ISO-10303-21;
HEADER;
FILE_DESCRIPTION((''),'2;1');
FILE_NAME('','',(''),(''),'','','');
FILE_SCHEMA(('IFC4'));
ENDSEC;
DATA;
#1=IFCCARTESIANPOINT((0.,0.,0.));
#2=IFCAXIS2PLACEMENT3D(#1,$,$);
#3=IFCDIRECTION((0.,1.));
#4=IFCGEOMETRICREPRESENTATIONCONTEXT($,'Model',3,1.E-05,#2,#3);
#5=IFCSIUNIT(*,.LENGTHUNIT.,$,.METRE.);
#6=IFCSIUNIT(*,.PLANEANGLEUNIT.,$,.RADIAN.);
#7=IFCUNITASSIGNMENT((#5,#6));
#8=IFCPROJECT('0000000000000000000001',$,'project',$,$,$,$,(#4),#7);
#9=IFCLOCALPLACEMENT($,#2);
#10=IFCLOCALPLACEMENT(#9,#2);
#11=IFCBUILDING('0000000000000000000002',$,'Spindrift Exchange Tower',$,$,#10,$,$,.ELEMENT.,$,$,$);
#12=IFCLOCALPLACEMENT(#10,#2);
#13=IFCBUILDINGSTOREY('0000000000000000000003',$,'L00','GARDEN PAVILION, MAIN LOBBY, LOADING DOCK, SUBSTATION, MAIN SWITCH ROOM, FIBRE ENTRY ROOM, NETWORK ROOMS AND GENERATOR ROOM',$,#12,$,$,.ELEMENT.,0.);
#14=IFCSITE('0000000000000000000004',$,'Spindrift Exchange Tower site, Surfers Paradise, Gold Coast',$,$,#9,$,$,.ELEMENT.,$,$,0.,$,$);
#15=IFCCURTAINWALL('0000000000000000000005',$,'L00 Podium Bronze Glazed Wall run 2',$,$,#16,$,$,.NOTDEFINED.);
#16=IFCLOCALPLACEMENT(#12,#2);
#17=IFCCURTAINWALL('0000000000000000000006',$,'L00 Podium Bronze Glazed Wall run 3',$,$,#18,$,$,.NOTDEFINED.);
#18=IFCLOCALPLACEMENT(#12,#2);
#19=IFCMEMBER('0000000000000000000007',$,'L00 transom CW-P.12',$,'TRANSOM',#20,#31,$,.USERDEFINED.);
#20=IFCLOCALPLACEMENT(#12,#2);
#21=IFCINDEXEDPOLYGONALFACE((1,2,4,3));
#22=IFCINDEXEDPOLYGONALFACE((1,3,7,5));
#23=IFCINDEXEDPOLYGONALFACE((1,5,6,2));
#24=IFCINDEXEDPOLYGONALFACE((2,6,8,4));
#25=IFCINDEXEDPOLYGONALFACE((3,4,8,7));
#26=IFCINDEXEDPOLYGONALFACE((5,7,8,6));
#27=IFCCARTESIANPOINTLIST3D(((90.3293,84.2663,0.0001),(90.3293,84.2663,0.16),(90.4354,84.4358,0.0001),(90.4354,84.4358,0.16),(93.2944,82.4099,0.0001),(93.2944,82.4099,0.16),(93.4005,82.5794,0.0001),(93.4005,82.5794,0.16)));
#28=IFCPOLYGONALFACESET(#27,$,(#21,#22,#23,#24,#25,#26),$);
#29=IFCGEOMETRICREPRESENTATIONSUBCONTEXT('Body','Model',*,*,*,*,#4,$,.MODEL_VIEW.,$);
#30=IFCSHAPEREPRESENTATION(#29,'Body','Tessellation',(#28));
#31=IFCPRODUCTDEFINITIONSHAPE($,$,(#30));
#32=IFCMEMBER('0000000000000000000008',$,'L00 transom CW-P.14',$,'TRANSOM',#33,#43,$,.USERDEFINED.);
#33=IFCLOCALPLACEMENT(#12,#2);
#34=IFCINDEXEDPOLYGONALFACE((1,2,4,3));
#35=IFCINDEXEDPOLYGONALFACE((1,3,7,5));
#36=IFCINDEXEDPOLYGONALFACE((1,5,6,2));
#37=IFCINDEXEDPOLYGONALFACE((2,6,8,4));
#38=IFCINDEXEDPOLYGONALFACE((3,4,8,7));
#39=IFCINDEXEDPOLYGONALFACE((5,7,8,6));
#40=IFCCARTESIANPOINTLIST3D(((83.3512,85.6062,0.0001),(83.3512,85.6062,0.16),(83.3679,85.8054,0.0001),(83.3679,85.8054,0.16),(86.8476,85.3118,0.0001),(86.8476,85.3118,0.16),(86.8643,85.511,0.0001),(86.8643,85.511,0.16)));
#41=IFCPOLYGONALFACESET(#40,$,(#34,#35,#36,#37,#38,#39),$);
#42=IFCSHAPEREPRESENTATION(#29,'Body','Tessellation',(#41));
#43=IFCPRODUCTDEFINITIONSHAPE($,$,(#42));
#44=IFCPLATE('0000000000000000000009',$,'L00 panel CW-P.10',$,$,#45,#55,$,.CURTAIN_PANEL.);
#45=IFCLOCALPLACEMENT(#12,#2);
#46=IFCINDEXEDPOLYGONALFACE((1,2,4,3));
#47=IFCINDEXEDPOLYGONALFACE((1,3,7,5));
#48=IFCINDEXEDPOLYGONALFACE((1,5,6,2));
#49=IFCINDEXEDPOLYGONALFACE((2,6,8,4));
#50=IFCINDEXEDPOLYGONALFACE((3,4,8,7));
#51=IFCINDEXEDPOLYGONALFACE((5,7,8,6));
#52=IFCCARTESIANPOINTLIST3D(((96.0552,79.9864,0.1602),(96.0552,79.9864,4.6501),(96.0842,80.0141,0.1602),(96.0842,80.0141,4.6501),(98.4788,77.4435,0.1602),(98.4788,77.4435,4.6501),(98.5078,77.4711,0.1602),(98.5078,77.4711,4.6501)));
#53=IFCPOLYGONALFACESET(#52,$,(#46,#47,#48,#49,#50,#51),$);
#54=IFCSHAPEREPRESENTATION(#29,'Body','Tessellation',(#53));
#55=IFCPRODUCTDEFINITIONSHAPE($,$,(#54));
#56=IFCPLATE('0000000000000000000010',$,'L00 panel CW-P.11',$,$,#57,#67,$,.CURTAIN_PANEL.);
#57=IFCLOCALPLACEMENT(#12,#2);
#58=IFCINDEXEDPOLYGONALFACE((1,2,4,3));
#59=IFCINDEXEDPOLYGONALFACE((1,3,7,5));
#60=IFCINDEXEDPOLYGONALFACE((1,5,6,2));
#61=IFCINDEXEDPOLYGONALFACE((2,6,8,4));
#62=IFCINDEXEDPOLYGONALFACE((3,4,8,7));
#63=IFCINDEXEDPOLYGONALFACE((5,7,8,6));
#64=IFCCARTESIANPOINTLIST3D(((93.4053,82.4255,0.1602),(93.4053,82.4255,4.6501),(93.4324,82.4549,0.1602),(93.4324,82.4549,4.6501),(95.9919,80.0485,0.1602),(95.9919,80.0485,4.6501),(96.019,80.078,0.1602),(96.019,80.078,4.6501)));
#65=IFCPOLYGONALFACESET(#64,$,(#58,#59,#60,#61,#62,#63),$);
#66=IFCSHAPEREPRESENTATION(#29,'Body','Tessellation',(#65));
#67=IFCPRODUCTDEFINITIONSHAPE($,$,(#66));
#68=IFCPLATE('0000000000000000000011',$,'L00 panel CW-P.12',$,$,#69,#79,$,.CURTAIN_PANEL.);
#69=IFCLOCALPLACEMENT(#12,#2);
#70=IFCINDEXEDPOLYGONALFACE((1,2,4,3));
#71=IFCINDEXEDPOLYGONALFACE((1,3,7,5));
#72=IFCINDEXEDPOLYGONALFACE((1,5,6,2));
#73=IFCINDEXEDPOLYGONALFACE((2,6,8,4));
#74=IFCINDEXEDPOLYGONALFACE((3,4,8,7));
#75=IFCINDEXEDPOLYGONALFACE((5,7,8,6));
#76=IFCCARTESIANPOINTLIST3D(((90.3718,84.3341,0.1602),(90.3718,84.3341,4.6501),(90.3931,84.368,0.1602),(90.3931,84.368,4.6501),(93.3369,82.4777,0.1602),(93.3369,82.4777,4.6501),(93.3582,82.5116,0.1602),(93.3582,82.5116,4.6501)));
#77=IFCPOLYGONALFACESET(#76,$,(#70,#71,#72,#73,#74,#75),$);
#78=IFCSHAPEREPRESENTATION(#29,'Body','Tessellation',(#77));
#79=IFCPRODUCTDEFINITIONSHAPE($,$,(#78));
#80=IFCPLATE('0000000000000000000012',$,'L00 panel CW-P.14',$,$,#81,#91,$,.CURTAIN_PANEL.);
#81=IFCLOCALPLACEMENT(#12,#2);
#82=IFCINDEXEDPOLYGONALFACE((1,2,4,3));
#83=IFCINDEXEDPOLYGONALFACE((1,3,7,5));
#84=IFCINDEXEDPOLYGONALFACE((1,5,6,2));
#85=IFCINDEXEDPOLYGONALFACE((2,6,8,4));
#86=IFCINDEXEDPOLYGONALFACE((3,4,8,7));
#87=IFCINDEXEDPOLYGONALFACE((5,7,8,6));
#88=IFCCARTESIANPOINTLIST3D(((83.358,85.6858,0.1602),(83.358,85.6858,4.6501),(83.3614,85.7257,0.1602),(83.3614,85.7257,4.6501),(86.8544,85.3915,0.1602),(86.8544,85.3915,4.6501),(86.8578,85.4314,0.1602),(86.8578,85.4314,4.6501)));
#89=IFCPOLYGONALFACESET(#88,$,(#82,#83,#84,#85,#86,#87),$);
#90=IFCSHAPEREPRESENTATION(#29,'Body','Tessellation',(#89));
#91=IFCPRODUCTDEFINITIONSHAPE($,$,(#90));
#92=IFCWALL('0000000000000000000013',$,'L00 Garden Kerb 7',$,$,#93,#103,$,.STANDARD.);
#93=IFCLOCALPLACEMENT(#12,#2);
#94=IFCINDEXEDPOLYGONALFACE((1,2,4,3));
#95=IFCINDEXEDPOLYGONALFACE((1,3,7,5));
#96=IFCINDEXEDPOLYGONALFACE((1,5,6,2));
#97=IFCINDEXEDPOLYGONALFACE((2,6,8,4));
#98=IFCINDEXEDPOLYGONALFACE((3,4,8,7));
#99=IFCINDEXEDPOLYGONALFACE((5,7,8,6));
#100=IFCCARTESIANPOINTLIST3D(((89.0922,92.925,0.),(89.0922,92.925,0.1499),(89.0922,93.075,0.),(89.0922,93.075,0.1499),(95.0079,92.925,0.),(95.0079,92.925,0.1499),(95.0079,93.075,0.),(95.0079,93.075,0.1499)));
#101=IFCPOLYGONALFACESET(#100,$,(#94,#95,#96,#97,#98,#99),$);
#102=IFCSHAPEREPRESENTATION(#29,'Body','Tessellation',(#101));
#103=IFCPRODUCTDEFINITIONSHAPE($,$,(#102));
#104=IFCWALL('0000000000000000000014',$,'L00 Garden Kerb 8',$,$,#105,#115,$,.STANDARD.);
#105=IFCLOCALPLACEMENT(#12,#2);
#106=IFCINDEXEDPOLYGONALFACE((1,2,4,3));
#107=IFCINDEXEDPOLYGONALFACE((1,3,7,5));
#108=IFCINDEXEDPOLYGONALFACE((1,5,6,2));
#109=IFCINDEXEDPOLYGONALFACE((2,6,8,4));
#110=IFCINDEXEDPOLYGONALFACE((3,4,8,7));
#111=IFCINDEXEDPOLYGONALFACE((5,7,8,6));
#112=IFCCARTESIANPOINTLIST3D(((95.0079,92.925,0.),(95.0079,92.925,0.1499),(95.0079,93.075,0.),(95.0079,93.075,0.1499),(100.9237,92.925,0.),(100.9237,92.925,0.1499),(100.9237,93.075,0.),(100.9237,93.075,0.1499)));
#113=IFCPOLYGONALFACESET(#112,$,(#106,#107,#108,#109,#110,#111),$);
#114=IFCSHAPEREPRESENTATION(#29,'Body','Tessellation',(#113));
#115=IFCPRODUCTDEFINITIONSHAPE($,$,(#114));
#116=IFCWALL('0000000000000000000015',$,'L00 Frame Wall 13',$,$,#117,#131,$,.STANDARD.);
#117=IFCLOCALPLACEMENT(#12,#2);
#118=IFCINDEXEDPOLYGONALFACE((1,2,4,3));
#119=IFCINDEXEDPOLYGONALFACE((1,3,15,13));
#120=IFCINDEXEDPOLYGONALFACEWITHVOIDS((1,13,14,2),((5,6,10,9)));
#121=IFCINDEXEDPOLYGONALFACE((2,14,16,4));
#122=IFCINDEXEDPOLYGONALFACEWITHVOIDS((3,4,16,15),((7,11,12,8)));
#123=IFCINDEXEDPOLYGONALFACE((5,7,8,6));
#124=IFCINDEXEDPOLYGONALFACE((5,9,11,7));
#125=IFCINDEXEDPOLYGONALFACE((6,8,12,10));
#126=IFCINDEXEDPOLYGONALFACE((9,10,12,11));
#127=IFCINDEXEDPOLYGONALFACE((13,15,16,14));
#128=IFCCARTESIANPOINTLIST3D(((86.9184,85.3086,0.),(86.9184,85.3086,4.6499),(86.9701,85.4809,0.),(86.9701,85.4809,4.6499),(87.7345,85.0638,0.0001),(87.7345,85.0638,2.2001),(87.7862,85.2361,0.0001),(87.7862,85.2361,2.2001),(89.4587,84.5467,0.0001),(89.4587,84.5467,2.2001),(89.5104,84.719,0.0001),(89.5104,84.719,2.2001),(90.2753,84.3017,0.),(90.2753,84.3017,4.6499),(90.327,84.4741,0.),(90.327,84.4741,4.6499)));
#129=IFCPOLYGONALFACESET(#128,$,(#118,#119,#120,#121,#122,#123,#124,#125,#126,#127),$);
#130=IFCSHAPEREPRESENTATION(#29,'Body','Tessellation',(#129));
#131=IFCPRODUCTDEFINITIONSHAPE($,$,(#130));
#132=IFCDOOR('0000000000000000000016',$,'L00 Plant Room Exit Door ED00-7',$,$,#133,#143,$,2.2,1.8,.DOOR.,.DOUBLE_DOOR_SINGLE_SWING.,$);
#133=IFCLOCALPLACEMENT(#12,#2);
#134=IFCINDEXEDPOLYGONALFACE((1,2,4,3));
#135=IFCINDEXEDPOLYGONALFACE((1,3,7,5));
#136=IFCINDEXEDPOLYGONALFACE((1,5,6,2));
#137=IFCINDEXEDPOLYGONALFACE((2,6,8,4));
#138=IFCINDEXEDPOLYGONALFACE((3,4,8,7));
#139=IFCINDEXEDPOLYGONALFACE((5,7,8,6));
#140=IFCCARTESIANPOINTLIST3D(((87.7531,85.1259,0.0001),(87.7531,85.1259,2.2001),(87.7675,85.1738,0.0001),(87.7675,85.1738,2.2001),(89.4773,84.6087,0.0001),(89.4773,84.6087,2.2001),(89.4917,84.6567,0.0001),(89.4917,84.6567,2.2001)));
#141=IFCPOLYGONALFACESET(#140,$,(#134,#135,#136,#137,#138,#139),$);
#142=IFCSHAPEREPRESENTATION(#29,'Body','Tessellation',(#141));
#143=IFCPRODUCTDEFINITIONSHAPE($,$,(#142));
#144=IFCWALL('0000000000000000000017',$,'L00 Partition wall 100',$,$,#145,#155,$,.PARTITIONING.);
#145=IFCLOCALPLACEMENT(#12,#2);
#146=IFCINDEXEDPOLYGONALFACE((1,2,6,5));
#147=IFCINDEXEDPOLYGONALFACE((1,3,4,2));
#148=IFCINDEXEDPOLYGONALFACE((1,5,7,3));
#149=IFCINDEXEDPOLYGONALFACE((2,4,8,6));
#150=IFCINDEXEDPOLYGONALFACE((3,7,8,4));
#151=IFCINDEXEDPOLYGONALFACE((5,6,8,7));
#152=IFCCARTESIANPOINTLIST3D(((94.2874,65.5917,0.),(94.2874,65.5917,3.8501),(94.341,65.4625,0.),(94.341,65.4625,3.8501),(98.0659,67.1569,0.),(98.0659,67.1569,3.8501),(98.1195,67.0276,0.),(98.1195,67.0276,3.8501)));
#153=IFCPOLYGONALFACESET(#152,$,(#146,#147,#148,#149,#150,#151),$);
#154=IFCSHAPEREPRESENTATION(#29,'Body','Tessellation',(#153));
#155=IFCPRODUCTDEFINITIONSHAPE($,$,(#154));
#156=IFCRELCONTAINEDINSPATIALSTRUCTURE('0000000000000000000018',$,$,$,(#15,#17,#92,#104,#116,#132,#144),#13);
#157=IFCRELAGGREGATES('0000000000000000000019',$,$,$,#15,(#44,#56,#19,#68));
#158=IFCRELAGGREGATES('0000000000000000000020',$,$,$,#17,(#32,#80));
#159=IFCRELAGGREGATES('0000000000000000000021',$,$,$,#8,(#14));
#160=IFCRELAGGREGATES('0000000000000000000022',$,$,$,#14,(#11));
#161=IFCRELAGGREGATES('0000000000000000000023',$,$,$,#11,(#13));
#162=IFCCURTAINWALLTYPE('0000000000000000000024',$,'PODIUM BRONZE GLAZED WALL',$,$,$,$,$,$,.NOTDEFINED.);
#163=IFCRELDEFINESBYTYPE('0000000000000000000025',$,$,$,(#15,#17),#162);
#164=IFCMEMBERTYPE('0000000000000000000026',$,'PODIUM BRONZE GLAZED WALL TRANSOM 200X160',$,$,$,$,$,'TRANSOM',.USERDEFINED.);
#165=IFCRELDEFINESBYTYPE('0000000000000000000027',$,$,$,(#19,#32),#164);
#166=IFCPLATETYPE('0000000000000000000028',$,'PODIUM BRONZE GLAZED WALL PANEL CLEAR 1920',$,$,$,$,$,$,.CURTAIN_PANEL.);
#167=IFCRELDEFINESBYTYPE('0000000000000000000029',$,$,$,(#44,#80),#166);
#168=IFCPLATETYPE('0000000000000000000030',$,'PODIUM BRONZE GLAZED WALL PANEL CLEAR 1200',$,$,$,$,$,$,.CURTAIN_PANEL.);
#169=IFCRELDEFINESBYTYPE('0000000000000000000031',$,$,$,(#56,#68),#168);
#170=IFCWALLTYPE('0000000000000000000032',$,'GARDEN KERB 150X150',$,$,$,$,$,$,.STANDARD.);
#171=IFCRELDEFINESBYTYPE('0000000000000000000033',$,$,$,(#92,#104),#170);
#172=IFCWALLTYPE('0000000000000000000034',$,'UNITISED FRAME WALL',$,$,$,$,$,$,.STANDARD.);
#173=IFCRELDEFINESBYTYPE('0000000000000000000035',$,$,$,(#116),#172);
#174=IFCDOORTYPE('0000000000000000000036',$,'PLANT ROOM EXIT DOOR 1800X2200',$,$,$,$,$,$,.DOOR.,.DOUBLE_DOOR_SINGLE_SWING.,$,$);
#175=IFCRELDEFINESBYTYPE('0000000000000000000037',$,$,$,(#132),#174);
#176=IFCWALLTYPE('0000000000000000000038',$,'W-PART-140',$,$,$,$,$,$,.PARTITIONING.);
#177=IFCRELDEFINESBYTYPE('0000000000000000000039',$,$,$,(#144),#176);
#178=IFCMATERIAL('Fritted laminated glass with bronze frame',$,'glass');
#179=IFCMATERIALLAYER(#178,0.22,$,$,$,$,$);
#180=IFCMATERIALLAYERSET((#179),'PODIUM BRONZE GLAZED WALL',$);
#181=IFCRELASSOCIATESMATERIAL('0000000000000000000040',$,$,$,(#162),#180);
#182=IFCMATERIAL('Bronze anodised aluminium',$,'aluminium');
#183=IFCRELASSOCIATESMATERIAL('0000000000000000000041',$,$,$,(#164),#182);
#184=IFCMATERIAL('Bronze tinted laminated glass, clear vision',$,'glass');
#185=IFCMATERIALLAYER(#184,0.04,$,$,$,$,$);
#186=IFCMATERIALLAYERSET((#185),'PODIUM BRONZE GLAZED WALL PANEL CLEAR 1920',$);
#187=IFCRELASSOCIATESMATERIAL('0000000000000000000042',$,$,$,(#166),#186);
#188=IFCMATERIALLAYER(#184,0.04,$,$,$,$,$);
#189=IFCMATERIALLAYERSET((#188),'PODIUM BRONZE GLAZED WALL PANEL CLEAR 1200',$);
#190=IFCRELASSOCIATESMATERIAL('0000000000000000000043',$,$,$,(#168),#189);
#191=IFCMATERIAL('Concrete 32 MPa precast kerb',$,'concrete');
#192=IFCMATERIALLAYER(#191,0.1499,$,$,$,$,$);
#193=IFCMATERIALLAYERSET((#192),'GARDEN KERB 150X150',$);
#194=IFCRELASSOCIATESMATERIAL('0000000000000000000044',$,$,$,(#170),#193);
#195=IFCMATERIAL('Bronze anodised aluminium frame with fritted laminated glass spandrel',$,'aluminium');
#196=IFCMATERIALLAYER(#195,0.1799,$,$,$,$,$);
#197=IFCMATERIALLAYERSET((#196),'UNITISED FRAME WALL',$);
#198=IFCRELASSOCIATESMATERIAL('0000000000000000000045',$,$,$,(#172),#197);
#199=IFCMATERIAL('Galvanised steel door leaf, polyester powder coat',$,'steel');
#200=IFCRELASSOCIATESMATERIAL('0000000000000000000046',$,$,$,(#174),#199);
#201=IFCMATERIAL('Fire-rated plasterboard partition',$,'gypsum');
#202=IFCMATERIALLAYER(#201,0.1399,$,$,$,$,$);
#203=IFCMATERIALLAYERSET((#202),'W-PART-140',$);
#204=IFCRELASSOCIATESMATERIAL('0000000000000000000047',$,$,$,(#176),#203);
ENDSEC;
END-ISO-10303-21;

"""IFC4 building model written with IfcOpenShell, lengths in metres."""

from ifc_helpers import new_model, si_unit, direction, frame, frame_2d, origin, origin_2d, place, context, subcontext, project, spatial, rectangle, extrude, source, transform, mapped, material, layer, layer_set, material_profile, profile_set, type_object, element, fill, aggregate, save


model = new_model("IFC4")

# Units and contexts
model_context = context("Model", 3, precision=1e-05, world=origin(), true_north=direction((0.0, 1.0)))
body_context = subcontext(model_context, "Body", "Model", "MODEL_VIEW")
ifc_project = project(units=[si_unit("LENGTHUNIT", "METRE"), si_unit("PLANEANGLEUNIT", "RADIAN")], contexts=[model_context])

# Site, building, storey
site_placement = place(None, origin())
site = spatial("IfcSite", under=ifc_project, at=site_placement, Name="Spindrift Exchange Tower site, Surfers Paradise, Gold Coast", CompositionType="ELEMENT", RefElevation=0.0)
building_placement = place(site_placement, origin())
building = spatial("IfcBuilding", under=site, at=building_placement, Name="Spindrift Exchange Tower", CompositionType="ELEMENT")
storey_placement = place(building_placement, origin())
storey = spatial("IfcBuildingStorey", under=building, at=storey_placement, Name="L00", Description="GARDEN PAVILION, MAIN LOBBY, LOADING DOCK, SUBSTATION, MAIN SWITCH ROOM, FIBRE ENTRY ROOM, NETWORK ROOMS AND GENERATOR ROOM", CompositionType="ELEMENT", Elevation=0.0)

# Curtain walls
ifc_material_1 = material(Name="Fritted laminated glass with bronze frame", Category="glass")
ifc_layer_1 = layer(ifc_material_1, 0.22)
ifc_layer_set_1 = layer_set([ifc_layer_1], Name="PODIUM BRONZE GLAZED WALL")
curtain_wall_type = type_object("IfcCurtainWallType", Name="PODIUM BRONZE GLAZED WALL", PredefinedType="NOTDEFINED", material=ifc_layer_set_1)
curtain_wall_1_placement = place(storey_placement, origin())
curtain_wall_1 = element("IfcCurtainWall", 1, at=curtain_wall_1_placement, inside=storey, type_object=curtain_wall_type, Name="L00 Podium Bronze Glazed Wall run 2", PredefinedType="NOTDEFINED")
ifc_material_2 = material(Name="Bronze anodised aluminium", Category="aluminium")
curtain_wall_2_placement = place(storey_placement, origin())
curtain_wall_2 = element("IfcCurtainWall", 2, at=curtain_wall_2_placement, inside=storey, type_object=curtain_wall_type, Name="L00 Podium Bronze Glazed Wall run 3", PredefinedType="NOTDEFINED")

# Members
ifc_material_profile_1 = material_profile(ifc_material_2, rectangle(XDim=0.2, YDim=0.1599, at=origin_2d()), Name="PODIUM BRONZE GLAZED WALL TRANSOM 200X160")
ifc_profile_set_1 = profile_set([ifc_material_profile_1], Name="Bronze anodised aluminium")
member_type_1 = type_object("IfcMemberType", Name="PODIUM BRONZE GLAZED WALL TRANSOM 200X160", ElementType="TRANSOM", PredefinedType="USERDEFINED", material=ifc_profile_set_1)
shared_shape_1 = source(origin(), body_context, "Body", "SweptSolid", [
    extrude(rectangle(XDim=0.2, YDim=0.1599, at=origin_2d()), origin(), (0.0, 0.0, 1.0), 3.4983),
])
member_1_placement = place(storey_placement, frame((93.3474, 82.4946, 0.0801), z_axis=(-0.847579, 0.53067, 0.0), x_axis=(-0.53067, -0.847579, 0.0)))
member_1 = element("IfcMember", 3, at=member_1_placement, type_object=member_type_1, Name="L00 transom CW-P.12", ObjectType="TRANSOM", PredefinedType="USERDEFINED", context=body_context, shape_type="MappedRepresentation", body=[
    mapped(shared_shape_1, transform((0.0, 0.0, 0.0), scale=1.0)),
])
shared_shape_2 = source(origin(), body_context, "Body", "SweptSolid", [
    extrude(rectangle(XDim=0.2, YDim=0.1599, at=origin_2d()), origin(), (0.0, 0.0, 1.0), 3.5088),
])
member_2_placement = place(storey_placement, frame((86.856, 85.4114, 0.0801), z_axis=(-0.996473, 0.083915, 0.0), x_axis=(-0.083915, -0.996473, 0.0)))
member_2 = element("IfcMember", 4, at=member_2_placement, type_object=member_type_1, Name="L00 transom CW-P.14", ObjectType="TRANSOM", PredefinedType="USERDEFINED", context=body_context, shape_type="MappedRepresentation", body=[
    mapped(shared_shape_2, transform((0.0, 0.0, 0.0), scale=1.0)),
])

# Plates
ifc_material_3 = material(Name="Bronze tinted laminated glass, clear vision", Category="glass")
ifc_layer_2 = layer(ifc_material_3, 0.04)
ifc_layer_set_2 = layer_set([ifc_layer_2], Name="PODIUM BRONZE GLAZED WALL PANEL CLEAR 1920")
plate_type_1 = type_object("IfcPlateType", Name="PODIUM BRONZE GLAZED WALL PANEL CLEAR 1920", PredefinedType="CURTAIN_PANEL", material=ifc_layer_set_2)
shared_shape_3 = source(origin(), body_context, "Body", "SweptSolid", [
    extrude(rectangle(XDim=3.5129, YDim=0.04, at=origin_2d()), origin(), (0.0, 0.0, 1.0), 4.49),
])
plate_1_placement = place(storey_placement, frame((97.2815, 78.7288, 0.1602), z_axis=(0.0, 0.0, 1.0), x_axis=(-0.689917, 0.723889, 0.0)))
plate_1 = element("IfcPlate", 5, at=plate_1_placement, type_object=plate_type_1, Name="L00 panel CW-P.10", PredefinedType="CURTAIN_PANEL", context=body_context, shape_type="MappedRepresentation", body=[
    mapped(shared_shape_3, transform((0.0, 0.0, 0.0), scale=1.0)),
])
ifc_layer_3 = layer(ifc_material_3, 0.04)
ifc_layer_set_3 = layer_set([ifc_layer_3], Name="PODIUM BRONZE GLAZED WALL PANEL CLEAR 1200")
plate_type_2 = type_object("IfcPlateType", Name="PODIUM BRONZE GLAZED WALL PANEL CLEAR 1200", PredefinedType="CURTAIN_PANEL", material=ifc_layer_set_3)
shared_shape_4 = source(origin(), body_context, "Body", "SweptSolid", [
    extrude(rectangle(XDim=3.5129, YDim=0.04, at=origin_2d()), origin(), (0.0, 0.0, 1.0), 4.49),
])
plate_2_placement = place(storey_placement, frame((94.7122, 81.2517, 0.1602), z_axis=(0.0, 0.0, 1.0), x_axis=(-0.736313, 0.676641, 0.0)))
plate_2 = element("IfcPlate", 6, at=plate_2_placement, type_object=plate_type_2, Name="L00 panel CW-P.11", PredefinedType="CURTAIN_PANEL", context=body_context, shape_type="MappedRepresentation", body=[
    mapped(shared_shape_4, transform((0.0, 0.0, 0.0), scale=1.0)),
])
shared_shape_5 = source(origin(), body_context, "Body", "SweptSolid", [
    extrude(rectangle(XDim=3.4983, YDim=0.04, at=origin_2d()), origin(), (0.0, 0.0, 1.0), 4.49),
])
plate_3_placement = place(storey_placement, frame((91.865, 83.4229, 0.1602), z_axis=(0.0, 0.0, 1.0), x_axis=(-0.847582, 0.530665, 0.0)))
plate_3 = element("IfcPlate", 7, at=plate_3_placement, type_object=plate_type_2, Name="L00 panel CW-P.12", PredefinedType="CURTAIN_PANEL", context=body_context, shape_type="MappedRepresentation", body=[
    mapped(shared_shape_5, transform((0.0, 0.0, 0.0), scale=1.0)),
])
aggregate(curtain_wall_1, [plate_1, plate_2, member_1, plate_3])
shared_shape_6 = source(origin(), body_context, "Body", "SweptSolid", [
    extrude(rectangle(XDim=3.5088, YDim=0.04, at=origin_2d()), origin(), (0.0, 0.0, 1.0), 4.49),
])
plate_4_placement = place(storey_placement, frame((85.1079, 85.5586, 0.1602), z_axis=(0.0, 0.0, 1.0), x_axis=(-0.996475, 0.08389, 0.0)))
plate_4 = element("IfcPlate", 8, at=plate_4_placement, type_object=plate_type_1, Name="L00 panel CW-P.14", PredefinedType="CURTAIN_PANEL", context=body_context, shape_type="MappedRepresentation", body=[
    mapped(shared_shape_6, transform((0.0, 0.0, 0.0), scale=1.0)),
])
aggregate(curtain_wall_2, [member_2, plate_4])

# Walls
ifc_material_4 = material(Name="Concrete 32 MPa precast kerb", Category="concrete")
ifc_layer_4 = layer(ifc_material_4, 0.1499)
ifc_layer_set_4 = layer_set([ifc_layer_4], Name="GARDEN KERB 150X150")
wall_type_1 = type_object("IfcWallType", Name="GARDEN KERB 150X150", PredefinedType="STANDARD", material=ifc_layer_set_4)
for number, where, z_axis, x_axis, name in (
    (9, (89.092, 93.0, 0.0), (0.0, 0.0, 1.0), (1.0, 0.0, 0.0), "L00 Garden Kerb 7"),
    (10, (95.0078, 93.0, 0.0), (0.0, 0.0, 1.0), (1.0, 0.0, 0.0), "L00 Garden Kerb 8"),
):
    element("IfcWall", number, at=place(storey_placement, frame(where, z_axis=z_axis, x_axis=x_axis)), inside=storey, type_object=wall_type_1, Name=name, PredefinedType="STANDARD", context=body_context, shape_type="SweptSolid", body=[
        extrude(rectangle(XDim=5.9158, YDim=0.1499, at=frame_2d((2.958, 0.0))), origin(), (0.0, 0.0, 1.0), 0.1499),
    ])

# Wall, opening, door
ifc_material_5 = material(Name="Bronze anodised aluminium frame with fritted laminated glass spandrel", Category="aluminium")
ifc_layer_5 = layer(ifc_material_5, 0.1799)
ifc_layer_set_5 = layer_set([ifc_layer_5], Name="UNITISED FRAME WALL")
wall_type_2 = type_object("IfcWallType", Name="UNITISED FRAME WALL", PredefinedType="STANDARD", material=ifc_layer_set_5)
wall_1_placement = place(storey_placement, frame((86.9441, 85.3948, 0.0), z_axis=(0.0, 0.0, 1.0), x_axis=(0.957845, -0.287284, 0.0)))
wall_1 = element("IfcWall", 11, at=wall_1_placement, inside=storey, type_object=wall_type_2, Name="L00 Frame Wall 13", PredefinedType="STANDARD", context=body_context, shape_type="SweptSolid", body=[
    extrude(rectangle(XDim=3.5046, YDim=0.1799, at=frame_2d((1.7524, 0.0))), origin(), (0.0, 0.0, 1.0), 4.6499),
])
opening_placement = place(wall_1_placement, frame((0.8523, 0.0, 0.0)))
opening = element("IfcOpeningElement", 12, at=opening_placement, cuts=wall_1, PredefinedType="OPENING", context=body_context, shape_type="SweptSolid", body=[
    extrude(rectangle(XDim=1.8, YDim=2.2, at=frame_2d((0.8999, 1.1001))), frame((0.0, 0.0999, 0.0), z_axis=(0.0, -1.0, 0.0), x_axis=(1.0, 0.0, 0.0)), (0.0, 0.0, 1.0), 0.2),
])
ifc_material_6 = material(Name="Galvanised steel door leaf, polyester powder coat", Category="steel")
door_type = type_object("IfcDoorType", Name="PLANT ROOM EXIT DOOR 1800X2200", OperationType="DOUBLE_DOOR_SINGLE_SWING", PredefinedType="DOOR", material=ifc_material_6)
shared_shape_7 = source(origin(), body_context, "Body", "SweptSolid", [
    extrude(rectangle(XDim=1.8, YDim=2.2, at=frame_2d((0.8999, 1.1001))), frame((0.0, 0.0249, 0.0), z_axis=(0.0, -1.0, 0.0), x_axis=(1.0, 0.0, 0.0)), (0.0, 0.0, 1.0), 0.05),
])
door_placement = place(opening_placement, origin())
door = element("IfcDoor", 13, at=door_placement, inside=storey, type_object=door_type, Name="L00 Plant Room Exit Door ED00-7", OperationType="DOUBLE_DOOR_SINGLE_SWING", OverallHeight=2.2, OverallWidth=1.8, PredefinedType="DOOR", context=body_context, shape_type="MappedRepresentation", body=[
    mapped(shared_shape_7, transform((0.0, 0.0, 0.0), scale=1.0)),
])
fill(opening, door)

# Wall
ifc_material_7 = material(Name="Fire-rated plasterboard partition", Category="gypsum")
ifc_layer_6 = layer(ifc_material_7, 0.1399)
ifc_layer_set_6 = layer_set([ifc_layer_6], Name="W-PART-140")
wall_type_3 = type_object("IfcWallType", Name="W-PART-140", PredefinedType="PARTITIONING", material=ifc_layer_set_6)
wall_2_placement = place(storey_placement, frame((94.3142, 65.5271, 0.0), z_axis=(0.0, 0.0, 1.0), x_axis=(0.923875, 0.382694, 0.0)))
element("IfcWall", 14, at=wall_2_placement, inside=storey, type_object=wall_type_3, Name="L00 Partition wall 100", PredefinedType="PARTITIONING", context=body_context, shape_type="SweptSolid", body=[
    extrude(rectangle(XDim=4.0898, YDim=0.1399, at=frame_2d((2.0449, 0.0))), origin(), (0.0, 0.0, 1.0), 3.8501),
])

save(model, "model.ifc")
